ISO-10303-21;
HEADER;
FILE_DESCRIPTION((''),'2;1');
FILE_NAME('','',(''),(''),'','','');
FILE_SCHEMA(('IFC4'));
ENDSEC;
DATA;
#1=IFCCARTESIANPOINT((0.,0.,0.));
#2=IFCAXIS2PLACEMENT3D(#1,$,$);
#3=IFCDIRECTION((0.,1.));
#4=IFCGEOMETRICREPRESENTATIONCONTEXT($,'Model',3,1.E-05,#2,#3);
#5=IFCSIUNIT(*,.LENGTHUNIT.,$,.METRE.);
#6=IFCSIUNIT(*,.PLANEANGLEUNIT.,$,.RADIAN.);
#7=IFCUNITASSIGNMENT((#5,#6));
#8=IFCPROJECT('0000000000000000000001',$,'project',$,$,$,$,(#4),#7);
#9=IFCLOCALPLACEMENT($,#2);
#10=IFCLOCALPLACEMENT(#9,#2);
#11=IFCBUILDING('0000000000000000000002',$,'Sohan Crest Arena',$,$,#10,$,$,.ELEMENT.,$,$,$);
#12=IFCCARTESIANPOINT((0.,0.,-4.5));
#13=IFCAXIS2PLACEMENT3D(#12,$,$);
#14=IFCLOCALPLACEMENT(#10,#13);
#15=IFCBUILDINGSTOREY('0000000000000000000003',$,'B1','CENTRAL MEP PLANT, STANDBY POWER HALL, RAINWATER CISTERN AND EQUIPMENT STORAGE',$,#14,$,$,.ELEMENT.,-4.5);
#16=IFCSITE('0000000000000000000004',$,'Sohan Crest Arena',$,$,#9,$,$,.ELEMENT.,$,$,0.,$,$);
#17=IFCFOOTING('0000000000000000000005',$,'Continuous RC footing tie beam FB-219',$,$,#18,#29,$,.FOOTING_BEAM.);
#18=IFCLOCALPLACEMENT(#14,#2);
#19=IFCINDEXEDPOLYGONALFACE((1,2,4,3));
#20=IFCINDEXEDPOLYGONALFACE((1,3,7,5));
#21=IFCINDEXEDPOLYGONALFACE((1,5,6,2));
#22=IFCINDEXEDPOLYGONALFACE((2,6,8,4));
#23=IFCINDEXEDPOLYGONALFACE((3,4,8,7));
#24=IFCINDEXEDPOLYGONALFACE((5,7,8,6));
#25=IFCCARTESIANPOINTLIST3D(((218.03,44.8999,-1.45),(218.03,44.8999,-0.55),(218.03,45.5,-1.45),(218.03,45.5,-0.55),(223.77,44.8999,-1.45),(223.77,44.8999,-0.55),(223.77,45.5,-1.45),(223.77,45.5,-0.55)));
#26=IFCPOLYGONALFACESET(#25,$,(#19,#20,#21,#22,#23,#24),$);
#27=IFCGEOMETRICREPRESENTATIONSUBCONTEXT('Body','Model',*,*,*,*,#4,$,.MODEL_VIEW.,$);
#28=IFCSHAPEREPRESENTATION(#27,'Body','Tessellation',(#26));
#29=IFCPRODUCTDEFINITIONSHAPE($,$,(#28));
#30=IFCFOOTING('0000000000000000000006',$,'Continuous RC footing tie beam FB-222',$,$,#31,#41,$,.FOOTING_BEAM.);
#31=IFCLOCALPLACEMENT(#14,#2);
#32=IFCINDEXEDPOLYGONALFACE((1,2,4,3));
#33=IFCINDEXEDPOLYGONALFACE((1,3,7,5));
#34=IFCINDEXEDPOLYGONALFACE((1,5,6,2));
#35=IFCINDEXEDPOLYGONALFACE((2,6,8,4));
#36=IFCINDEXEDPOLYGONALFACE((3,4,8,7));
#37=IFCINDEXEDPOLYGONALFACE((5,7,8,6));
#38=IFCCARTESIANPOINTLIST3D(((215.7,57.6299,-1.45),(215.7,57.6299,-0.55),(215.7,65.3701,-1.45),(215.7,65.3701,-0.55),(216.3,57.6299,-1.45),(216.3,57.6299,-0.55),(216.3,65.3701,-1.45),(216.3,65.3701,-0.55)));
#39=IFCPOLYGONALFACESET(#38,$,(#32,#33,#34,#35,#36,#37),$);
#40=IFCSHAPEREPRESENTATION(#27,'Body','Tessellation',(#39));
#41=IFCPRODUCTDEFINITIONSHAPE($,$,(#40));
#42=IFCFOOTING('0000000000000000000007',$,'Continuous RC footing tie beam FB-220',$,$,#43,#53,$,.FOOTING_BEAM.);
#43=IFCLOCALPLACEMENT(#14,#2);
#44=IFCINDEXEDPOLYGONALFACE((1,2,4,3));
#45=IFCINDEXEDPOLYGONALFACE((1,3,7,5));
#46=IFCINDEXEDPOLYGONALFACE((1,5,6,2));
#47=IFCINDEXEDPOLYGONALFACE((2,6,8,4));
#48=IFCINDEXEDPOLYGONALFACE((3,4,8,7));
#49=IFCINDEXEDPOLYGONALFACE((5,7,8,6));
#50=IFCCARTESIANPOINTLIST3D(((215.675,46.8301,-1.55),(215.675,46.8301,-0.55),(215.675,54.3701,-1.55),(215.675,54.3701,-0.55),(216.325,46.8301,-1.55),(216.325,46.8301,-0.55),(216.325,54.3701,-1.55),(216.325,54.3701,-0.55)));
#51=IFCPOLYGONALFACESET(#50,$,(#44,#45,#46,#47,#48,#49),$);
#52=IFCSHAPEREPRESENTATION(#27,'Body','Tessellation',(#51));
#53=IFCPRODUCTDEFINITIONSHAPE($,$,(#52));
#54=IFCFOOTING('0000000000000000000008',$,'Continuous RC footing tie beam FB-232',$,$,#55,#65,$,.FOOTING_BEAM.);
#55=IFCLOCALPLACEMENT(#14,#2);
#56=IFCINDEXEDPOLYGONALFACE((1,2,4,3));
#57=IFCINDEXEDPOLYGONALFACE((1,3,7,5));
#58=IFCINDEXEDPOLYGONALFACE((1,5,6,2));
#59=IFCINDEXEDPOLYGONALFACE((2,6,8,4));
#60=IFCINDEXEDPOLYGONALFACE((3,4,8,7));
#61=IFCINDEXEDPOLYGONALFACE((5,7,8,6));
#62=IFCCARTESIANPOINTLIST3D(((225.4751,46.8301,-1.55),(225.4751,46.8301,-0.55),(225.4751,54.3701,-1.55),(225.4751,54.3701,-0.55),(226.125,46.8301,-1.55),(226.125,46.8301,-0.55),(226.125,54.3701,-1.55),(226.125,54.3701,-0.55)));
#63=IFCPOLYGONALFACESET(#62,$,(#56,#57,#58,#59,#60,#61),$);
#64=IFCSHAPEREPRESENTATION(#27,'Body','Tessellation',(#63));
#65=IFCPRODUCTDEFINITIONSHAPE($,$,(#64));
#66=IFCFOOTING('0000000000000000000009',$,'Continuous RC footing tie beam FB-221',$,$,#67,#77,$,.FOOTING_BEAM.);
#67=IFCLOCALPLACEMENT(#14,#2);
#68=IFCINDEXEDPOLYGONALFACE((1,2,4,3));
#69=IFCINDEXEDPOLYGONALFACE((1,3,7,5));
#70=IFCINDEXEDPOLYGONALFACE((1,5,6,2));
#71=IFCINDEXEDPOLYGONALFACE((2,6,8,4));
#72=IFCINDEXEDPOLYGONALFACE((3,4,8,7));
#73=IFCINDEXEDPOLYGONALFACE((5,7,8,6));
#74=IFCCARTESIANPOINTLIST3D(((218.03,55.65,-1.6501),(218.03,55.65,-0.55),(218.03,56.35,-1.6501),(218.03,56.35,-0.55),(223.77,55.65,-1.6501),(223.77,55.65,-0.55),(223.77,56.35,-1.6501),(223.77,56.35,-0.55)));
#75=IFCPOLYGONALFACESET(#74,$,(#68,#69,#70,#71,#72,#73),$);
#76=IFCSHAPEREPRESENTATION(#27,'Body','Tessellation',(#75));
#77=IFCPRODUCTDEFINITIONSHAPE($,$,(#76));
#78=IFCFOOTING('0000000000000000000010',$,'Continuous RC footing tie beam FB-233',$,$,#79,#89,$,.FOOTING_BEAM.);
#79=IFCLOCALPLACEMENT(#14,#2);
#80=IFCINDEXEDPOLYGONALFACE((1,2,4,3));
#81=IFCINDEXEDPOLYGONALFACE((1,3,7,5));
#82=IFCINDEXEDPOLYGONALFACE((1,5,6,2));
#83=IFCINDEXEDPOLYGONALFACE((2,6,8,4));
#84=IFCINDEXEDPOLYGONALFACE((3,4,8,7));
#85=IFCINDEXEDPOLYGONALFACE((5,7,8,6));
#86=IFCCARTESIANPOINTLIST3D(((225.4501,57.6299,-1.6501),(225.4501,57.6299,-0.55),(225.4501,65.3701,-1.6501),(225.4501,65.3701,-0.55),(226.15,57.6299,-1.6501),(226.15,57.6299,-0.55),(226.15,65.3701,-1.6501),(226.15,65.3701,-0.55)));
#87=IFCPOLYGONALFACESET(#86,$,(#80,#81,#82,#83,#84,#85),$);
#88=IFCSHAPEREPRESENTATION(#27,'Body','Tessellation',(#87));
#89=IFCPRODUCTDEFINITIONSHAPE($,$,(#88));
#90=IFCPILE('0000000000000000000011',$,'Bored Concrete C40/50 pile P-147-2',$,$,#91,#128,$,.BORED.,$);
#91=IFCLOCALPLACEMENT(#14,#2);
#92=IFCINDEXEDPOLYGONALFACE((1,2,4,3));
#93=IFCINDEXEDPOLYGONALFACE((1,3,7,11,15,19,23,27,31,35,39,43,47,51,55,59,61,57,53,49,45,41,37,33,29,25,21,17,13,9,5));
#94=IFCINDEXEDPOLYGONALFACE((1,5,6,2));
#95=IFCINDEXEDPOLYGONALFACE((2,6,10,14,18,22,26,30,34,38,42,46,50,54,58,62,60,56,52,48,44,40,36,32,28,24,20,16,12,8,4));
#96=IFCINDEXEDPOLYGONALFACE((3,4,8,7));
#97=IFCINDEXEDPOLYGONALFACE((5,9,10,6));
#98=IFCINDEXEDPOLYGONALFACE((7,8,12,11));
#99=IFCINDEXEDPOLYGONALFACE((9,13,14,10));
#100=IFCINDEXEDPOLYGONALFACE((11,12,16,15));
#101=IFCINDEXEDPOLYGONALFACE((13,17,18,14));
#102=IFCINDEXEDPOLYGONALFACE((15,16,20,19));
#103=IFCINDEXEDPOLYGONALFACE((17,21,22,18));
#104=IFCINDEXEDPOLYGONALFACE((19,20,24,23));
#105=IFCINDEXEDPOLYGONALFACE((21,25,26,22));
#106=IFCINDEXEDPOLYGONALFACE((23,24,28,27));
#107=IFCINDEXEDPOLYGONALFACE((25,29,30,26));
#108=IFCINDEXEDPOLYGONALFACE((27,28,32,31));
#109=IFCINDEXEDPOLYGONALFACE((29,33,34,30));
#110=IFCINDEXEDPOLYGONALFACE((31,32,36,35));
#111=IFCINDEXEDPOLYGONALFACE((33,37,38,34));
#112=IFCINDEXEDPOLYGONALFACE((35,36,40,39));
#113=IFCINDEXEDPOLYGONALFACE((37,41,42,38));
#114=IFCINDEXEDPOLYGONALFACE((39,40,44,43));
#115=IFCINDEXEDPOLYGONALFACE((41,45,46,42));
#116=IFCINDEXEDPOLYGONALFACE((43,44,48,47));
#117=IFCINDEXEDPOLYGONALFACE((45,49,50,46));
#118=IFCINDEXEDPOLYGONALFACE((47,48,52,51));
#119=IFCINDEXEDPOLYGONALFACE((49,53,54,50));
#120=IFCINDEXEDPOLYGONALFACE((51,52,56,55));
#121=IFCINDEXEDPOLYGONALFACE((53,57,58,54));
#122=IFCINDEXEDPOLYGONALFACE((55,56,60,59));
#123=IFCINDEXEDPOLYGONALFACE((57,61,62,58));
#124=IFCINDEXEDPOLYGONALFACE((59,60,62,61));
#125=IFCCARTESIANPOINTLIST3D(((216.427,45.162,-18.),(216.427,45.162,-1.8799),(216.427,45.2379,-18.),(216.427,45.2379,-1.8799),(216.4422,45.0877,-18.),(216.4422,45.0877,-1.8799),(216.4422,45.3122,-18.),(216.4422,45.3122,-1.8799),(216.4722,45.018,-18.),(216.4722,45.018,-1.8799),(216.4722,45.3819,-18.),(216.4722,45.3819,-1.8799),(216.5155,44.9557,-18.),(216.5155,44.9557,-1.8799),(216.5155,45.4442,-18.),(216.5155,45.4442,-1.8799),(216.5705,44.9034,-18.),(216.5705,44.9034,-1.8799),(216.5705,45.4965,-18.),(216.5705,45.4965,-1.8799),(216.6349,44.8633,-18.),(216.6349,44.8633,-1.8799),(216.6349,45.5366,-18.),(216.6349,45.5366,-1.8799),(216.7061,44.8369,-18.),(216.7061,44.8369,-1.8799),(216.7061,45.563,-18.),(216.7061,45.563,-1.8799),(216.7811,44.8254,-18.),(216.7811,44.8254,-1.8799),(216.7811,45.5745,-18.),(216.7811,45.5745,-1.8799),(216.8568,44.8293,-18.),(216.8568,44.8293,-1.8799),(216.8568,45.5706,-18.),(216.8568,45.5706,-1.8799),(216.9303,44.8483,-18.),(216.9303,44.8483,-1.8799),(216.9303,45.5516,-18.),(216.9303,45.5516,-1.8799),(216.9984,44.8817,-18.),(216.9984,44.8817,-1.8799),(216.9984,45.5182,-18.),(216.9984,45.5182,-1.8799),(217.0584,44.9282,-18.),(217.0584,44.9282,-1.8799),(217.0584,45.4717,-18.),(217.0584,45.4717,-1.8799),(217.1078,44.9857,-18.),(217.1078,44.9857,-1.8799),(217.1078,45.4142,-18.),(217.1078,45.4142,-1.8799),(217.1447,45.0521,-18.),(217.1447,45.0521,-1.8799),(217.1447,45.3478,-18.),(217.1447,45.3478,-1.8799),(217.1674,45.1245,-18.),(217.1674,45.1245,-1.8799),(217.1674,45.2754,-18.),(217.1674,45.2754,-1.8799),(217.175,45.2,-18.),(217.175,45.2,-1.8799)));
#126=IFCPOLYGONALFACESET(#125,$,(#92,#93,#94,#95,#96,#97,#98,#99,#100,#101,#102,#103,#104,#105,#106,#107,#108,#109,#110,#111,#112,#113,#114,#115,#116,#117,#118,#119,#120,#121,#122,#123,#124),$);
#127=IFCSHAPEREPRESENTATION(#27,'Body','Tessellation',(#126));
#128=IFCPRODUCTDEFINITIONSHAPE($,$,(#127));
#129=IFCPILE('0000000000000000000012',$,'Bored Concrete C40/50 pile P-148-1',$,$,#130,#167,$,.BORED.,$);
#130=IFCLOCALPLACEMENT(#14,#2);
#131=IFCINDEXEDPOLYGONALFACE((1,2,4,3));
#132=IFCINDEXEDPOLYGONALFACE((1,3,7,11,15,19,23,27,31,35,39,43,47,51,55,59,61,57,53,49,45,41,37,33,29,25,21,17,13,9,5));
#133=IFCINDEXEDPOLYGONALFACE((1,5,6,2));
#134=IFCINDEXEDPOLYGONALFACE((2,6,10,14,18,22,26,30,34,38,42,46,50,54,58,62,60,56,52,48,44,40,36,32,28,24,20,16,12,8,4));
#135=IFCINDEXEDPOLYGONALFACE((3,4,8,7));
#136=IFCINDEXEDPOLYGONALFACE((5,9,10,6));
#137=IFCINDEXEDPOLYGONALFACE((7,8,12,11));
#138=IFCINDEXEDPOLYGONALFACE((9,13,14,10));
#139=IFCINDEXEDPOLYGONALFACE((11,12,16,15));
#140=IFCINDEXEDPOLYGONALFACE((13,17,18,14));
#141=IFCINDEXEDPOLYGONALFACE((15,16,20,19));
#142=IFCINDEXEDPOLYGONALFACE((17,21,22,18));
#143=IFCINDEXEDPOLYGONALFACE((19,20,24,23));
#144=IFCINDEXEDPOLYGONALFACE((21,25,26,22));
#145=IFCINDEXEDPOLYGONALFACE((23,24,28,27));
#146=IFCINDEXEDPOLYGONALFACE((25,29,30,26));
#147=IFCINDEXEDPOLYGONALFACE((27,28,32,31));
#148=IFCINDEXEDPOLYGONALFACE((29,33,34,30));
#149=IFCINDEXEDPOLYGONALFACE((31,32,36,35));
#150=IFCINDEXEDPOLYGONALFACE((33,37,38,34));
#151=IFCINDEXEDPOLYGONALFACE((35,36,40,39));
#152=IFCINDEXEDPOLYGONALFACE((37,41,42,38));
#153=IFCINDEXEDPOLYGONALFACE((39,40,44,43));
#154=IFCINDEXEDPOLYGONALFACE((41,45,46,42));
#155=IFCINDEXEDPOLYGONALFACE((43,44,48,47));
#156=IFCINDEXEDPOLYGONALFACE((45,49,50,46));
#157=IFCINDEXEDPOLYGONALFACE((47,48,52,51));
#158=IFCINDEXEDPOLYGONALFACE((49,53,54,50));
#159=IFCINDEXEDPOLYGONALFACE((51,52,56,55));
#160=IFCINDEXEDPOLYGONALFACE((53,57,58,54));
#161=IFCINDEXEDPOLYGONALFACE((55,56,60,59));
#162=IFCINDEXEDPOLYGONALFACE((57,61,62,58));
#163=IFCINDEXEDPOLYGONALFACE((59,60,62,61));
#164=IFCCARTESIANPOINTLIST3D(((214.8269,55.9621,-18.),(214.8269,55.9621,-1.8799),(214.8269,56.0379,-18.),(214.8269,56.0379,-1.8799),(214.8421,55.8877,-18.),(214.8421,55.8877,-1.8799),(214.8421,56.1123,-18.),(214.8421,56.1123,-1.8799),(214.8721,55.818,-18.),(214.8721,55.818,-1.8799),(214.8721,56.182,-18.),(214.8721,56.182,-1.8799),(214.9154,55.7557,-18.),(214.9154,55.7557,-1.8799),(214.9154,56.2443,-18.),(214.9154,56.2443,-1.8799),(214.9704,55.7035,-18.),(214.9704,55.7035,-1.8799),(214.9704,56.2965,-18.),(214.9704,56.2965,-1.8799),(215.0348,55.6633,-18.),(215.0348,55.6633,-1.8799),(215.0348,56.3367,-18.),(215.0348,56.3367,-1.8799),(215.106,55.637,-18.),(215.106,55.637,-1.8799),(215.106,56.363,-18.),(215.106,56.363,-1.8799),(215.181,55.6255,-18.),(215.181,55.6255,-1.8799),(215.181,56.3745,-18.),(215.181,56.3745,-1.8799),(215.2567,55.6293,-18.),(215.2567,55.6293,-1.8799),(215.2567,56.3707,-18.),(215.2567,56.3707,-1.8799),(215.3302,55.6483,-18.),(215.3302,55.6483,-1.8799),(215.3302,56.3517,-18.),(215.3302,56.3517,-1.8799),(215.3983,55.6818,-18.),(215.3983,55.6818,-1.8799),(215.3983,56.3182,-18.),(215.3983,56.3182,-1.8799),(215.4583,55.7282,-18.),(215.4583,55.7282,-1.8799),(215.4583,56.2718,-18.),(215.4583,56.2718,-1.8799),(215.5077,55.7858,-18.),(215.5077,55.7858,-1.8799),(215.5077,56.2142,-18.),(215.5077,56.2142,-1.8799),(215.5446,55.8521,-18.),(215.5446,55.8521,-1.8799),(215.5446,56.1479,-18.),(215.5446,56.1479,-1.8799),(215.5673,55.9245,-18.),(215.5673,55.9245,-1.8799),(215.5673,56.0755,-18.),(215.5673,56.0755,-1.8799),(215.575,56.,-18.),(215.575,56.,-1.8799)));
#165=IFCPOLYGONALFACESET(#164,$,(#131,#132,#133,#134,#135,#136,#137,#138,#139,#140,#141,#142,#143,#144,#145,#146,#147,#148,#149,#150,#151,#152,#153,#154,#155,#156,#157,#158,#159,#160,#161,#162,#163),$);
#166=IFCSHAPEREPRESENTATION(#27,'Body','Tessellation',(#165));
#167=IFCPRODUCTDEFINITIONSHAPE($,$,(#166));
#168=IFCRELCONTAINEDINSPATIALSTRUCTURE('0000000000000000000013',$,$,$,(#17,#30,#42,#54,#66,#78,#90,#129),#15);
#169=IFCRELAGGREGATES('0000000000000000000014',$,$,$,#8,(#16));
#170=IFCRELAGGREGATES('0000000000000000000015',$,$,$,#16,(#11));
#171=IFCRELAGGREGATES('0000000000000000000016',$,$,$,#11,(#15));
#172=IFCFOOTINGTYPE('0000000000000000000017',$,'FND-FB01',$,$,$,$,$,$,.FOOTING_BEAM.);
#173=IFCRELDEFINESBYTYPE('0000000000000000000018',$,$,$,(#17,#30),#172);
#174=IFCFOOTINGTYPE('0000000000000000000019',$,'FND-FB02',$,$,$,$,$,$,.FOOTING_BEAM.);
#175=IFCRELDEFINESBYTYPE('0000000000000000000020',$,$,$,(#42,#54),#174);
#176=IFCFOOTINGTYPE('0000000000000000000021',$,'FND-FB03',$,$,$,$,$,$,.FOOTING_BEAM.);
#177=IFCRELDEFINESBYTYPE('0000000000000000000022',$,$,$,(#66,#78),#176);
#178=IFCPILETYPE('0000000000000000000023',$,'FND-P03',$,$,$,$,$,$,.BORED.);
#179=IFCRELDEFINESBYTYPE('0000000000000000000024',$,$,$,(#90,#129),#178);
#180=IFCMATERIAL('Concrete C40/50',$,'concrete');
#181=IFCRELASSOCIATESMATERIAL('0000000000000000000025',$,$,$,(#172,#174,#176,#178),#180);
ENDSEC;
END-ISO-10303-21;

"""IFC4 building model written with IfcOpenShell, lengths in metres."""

from ifc_helpers import new_model, si_unit, direction, frame, origin, origin_2d, place, context, subcontext, project, spatial, rectangle, circle, extrude, material, material_profile, profile_set, type_object, element, save


model = new_model("IFC4")

# Units and contexts
model_context = context("Model", 3, precision=1e-05, world=origin(), true_north=direction((0.0, 1.0)))
body_context = subcontext(model_context, "Body", "Model", "MODEL_VIEW")
ifc_project = project(units=[si_unit("LENGTHUNIT", "METRE"), si_unit("PLANEANGLEUNIT", "RADIAN")], contexts=[model_context])

# Site, building, storey
site_placement = place(None, origin())
site = spatial("IfcSite", under=ifc_project, at=site_placement, Name="Sohan Crest Arena", CompositionType="ELEMENT", RefElevation=0.0)
building_placement = place(site_placement, origin())
building = spatial("IfcBuilding", under=site, at=building_placement, Name="Sohan Crest Arena", CompositionType="ELEMENT")
storey_placement = place(building_placement, frame((0.0, 0.0, -4.5)))
storey = spatial("IfcBuildingStorey", under=building, at=storey_placement, Name="B1", Description="CENTRAL MEP PLANT, STANDBY POWER HALL, RAINWATER CISTERN AND EQUIPMENT STORAGE", CompositionType="ELEMENT", Elevation=-4.5)

# Footings
ifc_material = material(Name="Concrete C40/50", Category="concrete")
ifc_material_profile_1 = material_profile(ifc_material, rectangle(XDim=0.6001, YDim=0.8999, at=origin_2d()), Name="RC-FB 600x900")
ifc_profile_set_1 = profile_set([ifc_material_profile_1], Name="Concrete C40/50")
footing_type_1 = type_object("IfcFootingType", Name="FND-FB01", PredefinedType="FOOTING_BEAM", material=ifc_profile_set_1)
footing_1_placement = place(storey_placement, frame((218.03, 45.2, -1.0), z_axis=(1.0, 0.0, 0.0), x_axis=(0.0, 1.0, 0.0)))
element("IfcFooting", 1, at=footing_1_placement, inside=storey, type_object=footing_type_1, Name="Continuous RC footing tie beam FB-219", PredefinedType="FOOTING_BEAM", context=body_context, shape_type="SweptSolid", body=[
    extrude(rectangle(XDim=0.6001, YDim=0.8999, at=origin_2d()), origin(), (0.0, 0.0, 1.0), 5.74),
])
footing_2_placement = place(storey_placement, frame((216.0, 57.6299, -1.0), z_axis=(0.0, 1.0, 0.0), x_axis=(-1.0, 0.0, 0.0)))
element("IfcFooting", 2, at=footing_2_placement, inside=storey, type_object=footing_type_1, Name="Continuous RC footing tie beam FB-222", PredefinedType="FOOTING_BEAM", context=body_context, shape_type="SweptSolid", body=[
    extrude(rectangle(XDim=0.6001, YDim=0.8999, at=origin_2d()), origin(), (0.0, 0.0, 1.0), 7.7402),
])
ifc_material_profile_2 = material_profile(ifc_material, rectangle(XDim=0.6499, YDim=1.0, at=origin_2d()), Name="RC-FB 650x1000")
ifc_profile_set_2 = profile_set([ifc_material_profile_2], Name="Concrete C40/50")
footing_type_2 = type_object("IfcFootingType", Name="FND-FB02", PredefinedType="FOOTING_BEAM", material=ifc_profile_set_2)
for number, where, z_axis, x_axis, name in (
    (3, (216.0, 46.8301, -1.05), (0.0, 1.0, 0.0), (-1.0, 0.0, 0.0), "Continuous RC footing tie beam FB-220"),
    (4, (225.8, 46.8301, -1.05), (0.0, 1.0, 0.0), (-1.0, 0.0, 0.0), "Continuous RC footing tie beam FB-232"),
):
    element("IfcFooting", number, at=place(storey_placement, frame(where, z_axis=z_axis, x_axis=x_axis)), inside=storey, type_object=footing_type_2, Name=name, PredefinedType="FOOTING_BEAM", context=body_context, shape_type="SweptSolid", body=[
        extrude(rectangle(XDim=0.6499, YDim=1.0, at=origin_2d()), origin(), (0.0, 0.0, 1.0), 7.54),
    ])
ifc_material_profile_3 = material_profile(ifc_material, rectangle(XDim=0.7, YDim=1.1001, at=origin_2d()), Name="RC-FB 700x1100")
ifc_profile_set_3 = profile_set([ifc_material_profile_3], Name="Concrete C40/50")
footing_type_3 = type_object("IfcFootingType", Name="FND-FB03", PredefinedType="FOOTING_BEAM", material=ifc_profile_set_3)
footing_3_placement = place(storey_placement, frame((218.03, 56.0, -1.1001), z_axis=(1.0, 0.0, 0.0), x_axis=(0.0, 1.0, 0.0)))
element("IfcFooting", 5, at=footing_3_placement, inside=storey, type_object=footing_type_3, Name="Continuous RC footing tie beam FB-221", PredefinedType="FOOTING_BEAM", context=body_context, shape_type="SweptSolid", body=[
    extrude(rectangle(XDim=0.7, YDim=1.1001, at=origin_2d()), origin(), (0.0, 0.0, 1.0), 5.74),
])
footing_4_placement = place(storey_placement, frame((225.8, 57.6299, -1.1001), z_axis=(0.0, 1.0, 0.0), x_axis=(-1.0, 0.0, 0.0)))
element("IfcFooting", 6, at=footing_4_placement, inside=storey, type_object=footing_type_3, Name="Continuous RC footing tie beam FB-233", PredefinedType="FOOTING_BEAM", context=body_context, shape_type="SweptSolid", body=[
    extrude(rectangle(XDim=0.7, YDim=1.1001, at=origin_2d()), origin(), (0.0, 0.0, 1.0), 7.7402),
])

# Piles
ifc_material_profile_4 = material_profile(ifc_material, circle(Radius=0.375, at=origin_2d()), Name="PILE D750")
ifc_profile_set_4 = profile_set([ifc_material_profile_4], Name="Concrete C40/50")
pile_type = type_object("IfcPileType", Name="FND-P03", PredefinedType="BORED", material=ifc_profile_set_4)
for number, where, z_axis, x_axis, name in (
    (7, (216.8, 45.2, -18.0), (0.0, 0.0, 1.0), (1.0, 0.0, 0.0), "Bored Concrete C40/50 pile P-147-2"),
    (8, (215.2, 56.0, -18.0), (0.0, 0.0, 1.0), (1.0, 0.0, 0.0), "Bored Concrete C40/50 pile P-148-1"),
):
    element("IfcPile", number, at=place(storey_placement, frame(where, z_axis=z_axis, x_axis=x_axis)), inside=storey, type_object=pile_type, Name=name, PredefinedType="BORED", context=body_context, shape_type="SweptSolid", body=[
        extrude(circle(Radius=0.375, at=origin_2d()), origin(), (0.0, 0.0, 1.0), 16.1201),
    ])

save(model, "model.ifc")
